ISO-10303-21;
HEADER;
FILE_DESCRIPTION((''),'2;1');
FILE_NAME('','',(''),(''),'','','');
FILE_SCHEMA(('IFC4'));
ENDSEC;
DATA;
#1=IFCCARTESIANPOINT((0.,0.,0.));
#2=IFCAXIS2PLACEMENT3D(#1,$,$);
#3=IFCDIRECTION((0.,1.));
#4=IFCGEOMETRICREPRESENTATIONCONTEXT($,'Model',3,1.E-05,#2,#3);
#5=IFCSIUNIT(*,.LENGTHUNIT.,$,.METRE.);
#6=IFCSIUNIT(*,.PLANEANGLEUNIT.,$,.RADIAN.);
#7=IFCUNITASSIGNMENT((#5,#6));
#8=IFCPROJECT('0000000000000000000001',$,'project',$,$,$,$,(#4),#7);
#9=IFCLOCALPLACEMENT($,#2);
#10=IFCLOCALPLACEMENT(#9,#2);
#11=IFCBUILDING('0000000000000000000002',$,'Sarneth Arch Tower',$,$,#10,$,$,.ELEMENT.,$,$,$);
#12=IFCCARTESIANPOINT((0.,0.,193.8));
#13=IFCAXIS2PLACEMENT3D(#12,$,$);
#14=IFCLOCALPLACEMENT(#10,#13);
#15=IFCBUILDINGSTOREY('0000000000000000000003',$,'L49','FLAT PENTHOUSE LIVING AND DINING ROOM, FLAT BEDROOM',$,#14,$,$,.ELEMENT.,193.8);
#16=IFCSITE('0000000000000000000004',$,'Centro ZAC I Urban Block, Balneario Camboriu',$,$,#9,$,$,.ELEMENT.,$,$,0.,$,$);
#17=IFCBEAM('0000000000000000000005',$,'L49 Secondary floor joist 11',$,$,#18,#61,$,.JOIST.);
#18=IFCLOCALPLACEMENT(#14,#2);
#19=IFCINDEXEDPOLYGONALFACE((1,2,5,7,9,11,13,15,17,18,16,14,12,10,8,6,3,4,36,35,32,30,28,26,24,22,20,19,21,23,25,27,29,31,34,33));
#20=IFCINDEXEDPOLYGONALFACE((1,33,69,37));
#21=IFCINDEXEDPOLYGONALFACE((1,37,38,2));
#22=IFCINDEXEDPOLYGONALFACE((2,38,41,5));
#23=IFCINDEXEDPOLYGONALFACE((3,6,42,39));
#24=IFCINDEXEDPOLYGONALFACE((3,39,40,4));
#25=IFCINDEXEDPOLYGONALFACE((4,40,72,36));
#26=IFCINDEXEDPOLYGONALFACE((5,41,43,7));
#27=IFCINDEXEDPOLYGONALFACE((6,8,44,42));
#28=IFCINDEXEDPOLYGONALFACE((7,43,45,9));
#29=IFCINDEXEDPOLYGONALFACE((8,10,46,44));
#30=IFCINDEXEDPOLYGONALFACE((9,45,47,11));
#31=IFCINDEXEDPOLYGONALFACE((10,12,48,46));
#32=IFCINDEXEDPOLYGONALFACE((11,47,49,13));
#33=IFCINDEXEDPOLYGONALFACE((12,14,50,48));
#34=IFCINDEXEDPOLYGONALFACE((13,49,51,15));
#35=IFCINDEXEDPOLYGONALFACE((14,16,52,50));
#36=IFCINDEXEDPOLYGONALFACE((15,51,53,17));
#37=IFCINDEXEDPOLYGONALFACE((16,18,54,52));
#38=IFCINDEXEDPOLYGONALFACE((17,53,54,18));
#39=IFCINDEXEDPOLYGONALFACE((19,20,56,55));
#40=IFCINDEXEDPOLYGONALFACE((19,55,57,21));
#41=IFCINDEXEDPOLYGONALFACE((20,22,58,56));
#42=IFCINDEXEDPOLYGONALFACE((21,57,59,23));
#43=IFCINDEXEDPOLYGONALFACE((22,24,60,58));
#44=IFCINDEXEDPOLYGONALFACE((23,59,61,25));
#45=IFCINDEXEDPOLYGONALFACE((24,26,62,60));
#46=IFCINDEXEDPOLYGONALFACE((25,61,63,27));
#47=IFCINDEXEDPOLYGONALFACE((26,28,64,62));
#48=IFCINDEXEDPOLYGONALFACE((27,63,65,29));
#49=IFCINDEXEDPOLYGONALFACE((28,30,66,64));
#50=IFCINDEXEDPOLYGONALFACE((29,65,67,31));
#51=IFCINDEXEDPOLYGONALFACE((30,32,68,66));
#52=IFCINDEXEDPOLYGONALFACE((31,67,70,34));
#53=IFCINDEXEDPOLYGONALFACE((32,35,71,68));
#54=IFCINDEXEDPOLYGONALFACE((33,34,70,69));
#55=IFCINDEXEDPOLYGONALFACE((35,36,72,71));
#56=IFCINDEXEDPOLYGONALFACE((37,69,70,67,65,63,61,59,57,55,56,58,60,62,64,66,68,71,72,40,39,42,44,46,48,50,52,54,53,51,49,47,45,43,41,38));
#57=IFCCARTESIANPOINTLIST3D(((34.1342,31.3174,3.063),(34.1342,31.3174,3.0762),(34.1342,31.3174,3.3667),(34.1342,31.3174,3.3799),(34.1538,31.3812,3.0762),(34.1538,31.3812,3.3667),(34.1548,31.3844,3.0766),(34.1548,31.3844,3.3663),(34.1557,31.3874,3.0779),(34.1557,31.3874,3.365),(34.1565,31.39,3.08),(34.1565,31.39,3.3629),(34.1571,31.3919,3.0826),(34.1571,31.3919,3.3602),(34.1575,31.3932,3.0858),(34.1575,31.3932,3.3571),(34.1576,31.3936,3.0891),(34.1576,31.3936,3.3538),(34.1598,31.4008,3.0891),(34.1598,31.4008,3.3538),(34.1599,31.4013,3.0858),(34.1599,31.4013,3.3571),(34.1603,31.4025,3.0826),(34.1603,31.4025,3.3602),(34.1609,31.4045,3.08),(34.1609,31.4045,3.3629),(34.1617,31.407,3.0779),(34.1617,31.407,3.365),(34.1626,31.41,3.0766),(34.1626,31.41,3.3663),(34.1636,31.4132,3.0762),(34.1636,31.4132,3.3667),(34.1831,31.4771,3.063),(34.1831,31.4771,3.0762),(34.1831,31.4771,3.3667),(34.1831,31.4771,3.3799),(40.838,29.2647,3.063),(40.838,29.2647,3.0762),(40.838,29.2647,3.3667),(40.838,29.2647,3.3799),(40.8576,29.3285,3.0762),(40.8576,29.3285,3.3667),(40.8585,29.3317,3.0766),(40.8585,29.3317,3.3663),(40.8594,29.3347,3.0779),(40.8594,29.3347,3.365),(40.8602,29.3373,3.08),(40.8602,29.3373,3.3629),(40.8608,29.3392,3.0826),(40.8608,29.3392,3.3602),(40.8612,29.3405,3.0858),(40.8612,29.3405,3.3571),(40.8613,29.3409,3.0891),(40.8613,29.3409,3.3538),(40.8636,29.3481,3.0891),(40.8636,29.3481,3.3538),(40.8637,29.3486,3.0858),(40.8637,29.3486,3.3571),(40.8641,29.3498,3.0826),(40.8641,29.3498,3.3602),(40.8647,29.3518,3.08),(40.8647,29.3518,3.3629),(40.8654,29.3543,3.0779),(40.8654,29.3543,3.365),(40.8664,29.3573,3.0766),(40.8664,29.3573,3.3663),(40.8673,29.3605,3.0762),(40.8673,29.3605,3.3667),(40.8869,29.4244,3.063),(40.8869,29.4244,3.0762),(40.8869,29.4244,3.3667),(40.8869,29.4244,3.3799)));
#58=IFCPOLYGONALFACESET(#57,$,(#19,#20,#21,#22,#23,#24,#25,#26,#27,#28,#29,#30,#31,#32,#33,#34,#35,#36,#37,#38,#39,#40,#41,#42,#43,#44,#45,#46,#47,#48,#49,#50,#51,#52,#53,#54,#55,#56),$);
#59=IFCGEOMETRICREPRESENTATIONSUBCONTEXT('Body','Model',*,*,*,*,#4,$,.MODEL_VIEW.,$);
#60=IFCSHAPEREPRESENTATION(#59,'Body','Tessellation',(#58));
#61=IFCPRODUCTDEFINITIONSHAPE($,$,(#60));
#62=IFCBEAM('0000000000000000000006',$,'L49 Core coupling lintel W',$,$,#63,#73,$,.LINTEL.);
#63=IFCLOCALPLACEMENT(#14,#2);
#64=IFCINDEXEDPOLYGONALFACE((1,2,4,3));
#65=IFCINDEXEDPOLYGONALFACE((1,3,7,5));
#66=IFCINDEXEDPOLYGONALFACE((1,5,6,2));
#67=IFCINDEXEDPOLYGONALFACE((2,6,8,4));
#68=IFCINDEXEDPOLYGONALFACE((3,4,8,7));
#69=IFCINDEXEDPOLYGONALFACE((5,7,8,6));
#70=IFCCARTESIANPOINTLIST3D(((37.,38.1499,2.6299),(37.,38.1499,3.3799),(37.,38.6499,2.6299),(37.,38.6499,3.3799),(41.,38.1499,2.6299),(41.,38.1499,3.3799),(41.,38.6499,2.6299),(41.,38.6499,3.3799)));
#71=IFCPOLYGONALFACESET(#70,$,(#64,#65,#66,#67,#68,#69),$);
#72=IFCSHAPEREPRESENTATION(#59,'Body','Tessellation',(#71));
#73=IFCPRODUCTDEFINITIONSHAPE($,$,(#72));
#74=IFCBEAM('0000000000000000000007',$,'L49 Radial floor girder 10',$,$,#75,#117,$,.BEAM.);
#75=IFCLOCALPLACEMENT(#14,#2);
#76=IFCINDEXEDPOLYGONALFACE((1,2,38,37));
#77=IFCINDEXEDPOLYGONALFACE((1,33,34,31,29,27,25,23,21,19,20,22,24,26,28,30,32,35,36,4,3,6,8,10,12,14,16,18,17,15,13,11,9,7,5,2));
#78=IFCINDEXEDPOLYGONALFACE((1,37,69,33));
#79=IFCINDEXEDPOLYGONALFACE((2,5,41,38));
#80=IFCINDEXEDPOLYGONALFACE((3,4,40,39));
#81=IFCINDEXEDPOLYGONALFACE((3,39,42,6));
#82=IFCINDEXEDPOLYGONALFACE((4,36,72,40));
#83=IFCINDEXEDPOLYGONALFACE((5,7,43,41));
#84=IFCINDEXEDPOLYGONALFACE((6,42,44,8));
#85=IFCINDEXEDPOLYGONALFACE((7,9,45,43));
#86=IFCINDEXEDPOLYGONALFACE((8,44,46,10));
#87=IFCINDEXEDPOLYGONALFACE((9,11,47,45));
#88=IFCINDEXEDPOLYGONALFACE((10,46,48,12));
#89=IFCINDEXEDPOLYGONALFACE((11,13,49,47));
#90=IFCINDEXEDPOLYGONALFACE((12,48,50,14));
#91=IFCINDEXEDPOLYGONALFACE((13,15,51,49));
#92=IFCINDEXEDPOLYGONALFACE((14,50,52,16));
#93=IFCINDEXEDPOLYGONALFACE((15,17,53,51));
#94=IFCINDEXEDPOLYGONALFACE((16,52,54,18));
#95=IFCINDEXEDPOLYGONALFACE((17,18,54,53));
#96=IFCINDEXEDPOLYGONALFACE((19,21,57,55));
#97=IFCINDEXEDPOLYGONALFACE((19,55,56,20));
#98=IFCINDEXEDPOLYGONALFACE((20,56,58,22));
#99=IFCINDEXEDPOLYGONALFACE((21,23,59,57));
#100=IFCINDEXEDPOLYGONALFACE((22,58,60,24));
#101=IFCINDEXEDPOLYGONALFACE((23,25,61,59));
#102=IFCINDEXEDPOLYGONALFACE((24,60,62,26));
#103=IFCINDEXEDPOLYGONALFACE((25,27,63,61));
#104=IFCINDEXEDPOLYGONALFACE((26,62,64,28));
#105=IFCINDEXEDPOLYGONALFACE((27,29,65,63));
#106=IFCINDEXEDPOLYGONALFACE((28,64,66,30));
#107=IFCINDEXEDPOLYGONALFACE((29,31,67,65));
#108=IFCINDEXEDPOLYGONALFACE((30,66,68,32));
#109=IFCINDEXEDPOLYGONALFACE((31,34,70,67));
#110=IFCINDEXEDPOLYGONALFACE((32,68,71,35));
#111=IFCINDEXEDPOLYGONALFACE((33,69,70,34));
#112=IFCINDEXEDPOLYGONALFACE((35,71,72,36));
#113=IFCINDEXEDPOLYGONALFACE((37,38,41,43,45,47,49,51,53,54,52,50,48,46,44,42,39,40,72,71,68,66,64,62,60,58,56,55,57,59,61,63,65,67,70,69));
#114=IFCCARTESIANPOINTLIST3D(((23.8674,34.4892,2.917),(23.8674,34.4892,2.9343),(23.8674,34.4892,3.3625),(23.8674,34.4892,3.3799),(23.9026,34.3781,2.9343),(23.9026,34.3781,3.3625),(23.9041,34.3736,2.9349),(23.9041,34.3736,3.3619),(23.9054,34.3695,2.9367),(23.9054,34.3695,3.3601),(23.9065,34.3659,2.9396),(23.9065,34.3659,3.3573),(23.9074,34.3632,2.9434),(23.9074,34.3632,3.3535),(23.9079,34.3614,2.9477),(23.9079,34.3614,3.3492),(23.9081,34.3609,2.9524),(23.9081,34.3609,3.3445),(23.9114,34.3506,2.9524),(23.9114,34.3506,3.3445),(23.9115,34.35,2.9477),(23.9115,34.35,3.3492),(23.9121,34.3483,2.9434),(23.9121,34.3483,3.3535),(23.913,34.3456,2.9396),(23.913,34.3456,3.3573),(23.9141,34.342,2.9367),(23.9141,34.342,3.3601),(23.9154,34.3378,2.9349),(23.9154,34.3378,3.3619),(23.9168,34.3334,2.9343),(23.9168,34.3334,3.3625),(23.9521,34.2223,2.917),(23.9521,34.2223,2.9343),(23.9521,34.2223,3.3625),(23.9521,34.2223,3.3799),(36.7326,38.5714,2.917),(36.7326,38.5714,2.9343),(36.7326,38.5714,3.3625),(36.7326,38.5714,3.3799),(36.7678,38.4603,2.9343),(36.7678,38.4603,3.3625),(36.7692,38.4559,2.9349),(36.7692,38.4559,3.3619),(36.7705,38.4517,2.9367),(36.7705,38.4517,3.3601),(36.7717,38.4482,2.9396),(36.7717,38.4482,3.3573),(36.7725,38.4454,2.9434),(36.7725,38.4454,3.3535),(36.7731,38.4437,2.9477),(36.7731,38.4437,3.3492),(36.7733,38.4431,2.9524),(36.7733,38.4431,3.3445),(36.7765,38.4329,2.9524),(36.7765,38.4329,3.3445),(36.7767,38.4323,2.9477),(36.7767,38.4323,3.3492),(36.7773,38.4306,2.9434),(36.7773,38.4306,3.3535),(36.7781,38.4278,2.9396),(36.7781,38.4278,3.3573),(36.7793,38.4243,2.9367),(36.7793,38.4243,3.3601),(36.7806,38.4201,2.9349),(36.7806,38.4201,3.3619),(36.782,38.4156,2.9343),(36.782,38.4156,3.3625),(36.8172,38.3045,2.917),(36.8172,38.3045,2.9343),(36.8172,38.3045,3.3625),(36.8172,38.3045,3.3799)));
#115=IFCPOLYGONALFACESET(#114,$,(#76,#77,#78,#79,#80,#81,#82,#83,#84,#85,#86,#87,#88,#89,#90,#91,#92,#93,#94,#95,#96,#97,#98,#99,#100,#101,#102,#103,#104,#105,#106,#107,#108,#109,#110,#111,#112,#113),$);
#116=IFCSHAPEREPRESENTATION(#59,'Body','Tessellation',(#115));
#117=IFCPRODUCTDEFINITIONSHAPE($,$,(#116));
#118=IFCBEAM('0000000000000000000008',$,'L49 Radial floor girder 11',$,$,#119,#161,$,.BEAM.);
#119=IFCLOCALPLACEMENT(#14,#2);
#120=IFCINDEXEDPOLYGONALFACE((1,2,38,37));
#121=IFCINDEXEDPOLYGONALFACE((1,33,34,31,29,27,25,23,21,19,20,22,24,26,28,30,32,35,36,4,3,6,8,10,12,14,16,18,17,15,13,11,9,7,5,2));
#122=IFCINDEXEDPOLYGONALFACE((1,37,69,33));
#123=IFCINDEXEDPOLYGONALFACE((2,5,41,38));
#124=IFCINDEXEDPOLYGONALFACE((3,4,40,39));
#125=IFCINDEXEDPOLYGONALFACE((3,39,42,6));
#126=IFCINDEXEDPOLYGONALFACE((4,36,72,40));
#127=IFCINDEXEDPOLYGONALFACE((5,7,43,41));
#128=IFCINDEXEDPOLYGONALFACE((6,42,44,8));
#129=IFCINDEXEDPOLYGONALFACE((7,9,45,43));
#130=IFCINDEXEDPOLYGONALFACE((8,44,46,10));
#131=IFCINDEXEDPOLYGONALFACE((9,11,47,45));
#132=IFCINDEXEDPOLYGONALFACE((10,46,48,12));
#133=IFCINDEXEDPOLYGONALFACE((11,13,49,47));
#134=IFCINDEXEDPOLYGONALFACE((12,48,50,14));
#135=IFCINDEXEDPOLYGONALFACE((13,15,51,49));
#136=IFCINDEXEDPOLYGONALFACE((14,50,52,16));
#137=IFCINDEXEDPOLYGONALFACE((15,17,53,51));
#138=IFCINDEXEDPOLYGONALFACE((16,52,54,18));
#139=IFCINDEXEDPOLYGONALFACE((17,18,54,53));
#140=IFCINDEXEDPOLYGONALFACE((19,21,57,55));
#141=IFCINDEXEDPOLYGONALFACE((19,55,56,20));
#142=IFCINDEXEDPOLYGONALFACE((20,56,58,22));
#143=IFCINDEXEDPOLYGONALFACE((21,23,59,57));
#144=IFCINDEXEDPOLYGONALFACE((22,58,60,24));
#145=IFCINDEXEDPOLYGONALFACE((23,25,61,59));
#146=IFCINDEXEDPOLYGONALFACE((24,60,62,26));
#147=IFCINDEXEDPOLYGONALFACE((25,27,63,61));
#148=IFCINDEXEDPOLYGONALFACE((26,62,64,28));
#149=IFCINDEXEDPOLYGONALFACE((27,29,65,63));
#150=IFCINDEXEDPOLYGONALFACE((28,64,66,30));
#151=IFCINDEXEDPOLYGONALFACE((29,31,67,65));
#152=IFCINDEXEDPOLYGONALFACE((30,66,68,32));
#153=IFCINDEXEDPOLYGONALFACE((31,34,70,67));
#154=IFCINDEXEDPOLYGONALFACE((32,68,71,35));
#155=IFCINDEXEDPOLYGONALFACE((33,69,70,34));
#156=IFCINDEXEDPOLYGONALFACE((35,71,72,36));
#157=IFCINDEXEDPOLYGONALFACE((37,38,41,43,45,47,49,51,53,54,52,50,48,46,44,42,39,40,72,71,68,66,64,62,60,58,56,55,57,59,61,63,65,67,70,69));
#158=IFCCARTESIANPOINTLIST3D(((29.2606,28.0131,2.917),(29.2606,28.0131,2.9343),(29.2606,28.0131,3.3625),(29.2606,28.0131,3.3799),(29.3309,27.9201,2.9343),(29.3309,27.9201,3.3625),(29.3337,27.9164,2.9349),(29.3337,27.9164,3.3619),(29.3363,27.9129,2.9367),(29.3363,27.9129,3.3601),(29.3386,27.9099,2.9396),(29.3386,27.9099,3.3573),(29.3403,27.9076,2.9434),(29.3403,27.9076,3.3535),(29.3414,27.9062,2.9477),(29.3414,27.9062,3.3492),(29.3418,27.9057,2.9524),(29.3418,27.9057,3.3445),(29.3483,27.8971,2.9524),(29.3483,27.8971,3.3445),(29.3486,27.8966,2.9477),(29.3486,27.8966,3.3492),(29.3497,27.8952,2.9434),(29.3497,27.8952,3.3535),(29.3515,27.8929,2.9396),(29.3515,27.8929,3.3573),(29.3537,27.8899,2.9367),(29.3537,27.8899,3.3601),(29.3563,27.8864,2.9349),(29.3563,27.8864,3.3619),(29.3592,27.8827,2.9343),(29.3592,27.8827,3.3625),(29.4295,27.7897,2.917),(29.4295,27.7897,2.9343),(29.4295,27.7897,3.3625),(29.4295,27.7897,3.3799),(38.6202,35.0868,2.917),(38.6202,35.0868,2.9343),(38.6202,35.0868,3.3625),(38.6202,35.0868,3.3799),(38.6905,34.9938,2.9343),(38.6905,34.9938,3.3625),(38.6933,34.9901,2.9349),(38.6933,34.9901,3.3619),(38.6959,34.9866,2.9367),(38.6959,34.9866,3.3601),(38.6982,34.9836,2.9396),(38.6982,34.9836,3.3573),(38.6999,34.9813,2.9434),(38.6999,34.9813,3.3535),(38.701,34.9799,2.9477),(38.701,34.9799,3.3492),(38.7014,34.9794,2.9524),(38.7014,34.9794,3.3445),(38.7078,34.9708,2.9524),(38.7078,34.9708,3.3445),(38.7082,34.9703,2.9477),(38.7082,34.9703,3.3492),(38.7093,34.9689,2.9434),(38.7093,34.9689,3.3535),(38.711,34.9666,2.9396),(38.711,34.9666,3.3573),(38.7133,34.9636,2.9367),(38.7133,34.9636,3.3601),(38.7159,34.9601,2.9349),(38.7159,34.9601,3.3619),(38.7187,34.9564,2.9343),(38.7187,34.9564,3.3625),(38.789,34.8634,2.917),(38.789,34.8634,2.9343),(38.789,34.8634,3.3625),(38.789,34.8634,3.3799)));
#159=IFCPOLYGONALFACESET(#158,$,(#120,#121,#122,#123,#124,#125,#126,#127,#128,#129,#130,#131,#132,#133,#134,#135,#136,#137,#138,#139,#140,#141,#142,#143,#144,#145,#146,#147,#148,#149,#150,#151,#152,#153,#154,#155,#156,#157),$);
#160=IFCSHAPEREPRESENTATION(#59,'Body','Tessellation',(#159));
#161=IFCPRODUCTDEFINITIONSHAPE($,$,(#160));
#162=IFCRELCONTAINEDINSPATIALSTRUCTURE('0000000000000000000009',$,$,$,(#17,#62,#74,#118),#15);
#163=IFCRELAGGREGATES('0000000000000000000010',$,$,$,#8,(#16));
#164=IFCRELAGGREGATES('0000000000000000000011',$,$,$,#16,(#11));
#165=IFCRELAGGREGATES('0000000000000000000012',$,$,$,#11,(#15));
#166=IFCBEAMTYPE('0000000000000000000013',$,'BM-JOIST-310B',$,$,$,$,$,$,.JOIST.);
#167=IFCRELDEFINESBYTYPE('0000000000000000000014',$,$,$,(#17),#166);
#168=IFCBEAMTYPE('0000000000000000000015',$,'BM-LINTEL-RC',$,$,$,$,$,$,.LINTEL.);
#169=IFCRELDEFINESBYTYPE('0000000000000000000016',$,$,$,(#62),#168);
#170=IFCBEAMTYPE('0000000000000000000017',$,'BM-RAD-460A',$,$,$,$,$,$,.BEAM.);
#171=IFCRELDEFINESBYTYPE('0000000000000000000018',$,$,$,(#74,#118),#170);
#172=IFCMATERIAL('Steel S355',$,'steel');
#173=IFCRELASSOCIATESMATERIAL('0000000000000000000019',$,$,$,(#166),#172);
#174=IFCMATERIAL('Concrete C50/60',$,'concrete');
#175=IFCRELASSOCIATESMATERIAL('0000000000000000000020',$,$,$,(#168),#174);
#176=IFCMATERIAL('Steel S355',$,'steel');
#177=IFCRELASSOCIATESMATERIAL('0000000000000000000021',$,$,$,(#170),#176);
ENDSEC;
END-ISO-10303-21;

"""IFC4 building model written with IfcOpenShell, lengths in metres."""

from ifc_helpers import new_model, si_unit, direction, frame, origin, origin_2d, place, context, subcontext, project, spatial, rectangle, i_section, extrude, material, material_profile, profile_set, type_object, element, save


model = new_model("IFC4")

# Units and contexts
model_context = context("Model", 3, precision=1e-05, world=origin(), true_north=direction((0.0, 1.0)))
body_context = subcontext(model_context, "Body", "Model", "MODEL_VIEW")
ifc_project = project(units=[si_unit("LENGTHUNIT", "METRE"), si_unit("PLANEANGLEUNIT", "RADIAN")], contexts=[model_context])

# Site, building, storey
site_placement = place(None, origin())
site = spatial("IfcSite", under=ifc_project, at=site_placement, Name="Centro ZAC I Urban Block, Balneario Camboriu", CompositionType="ELEMENT", RefElevation=0.0)
building_placement = place(site_placement, origin())
building = spatial("IfcBuilding", under=site, at=building_placement, Name="Sarneth Arch Tower", CompositionType="ELEMENT")
storey_placement = place(building_placement, frame((0.0, 0.0, 193.8)))
storey = spatial("IfcBuildingStorey", under=building, at=storey_placement, Name="L49", Description="FLAT PENTHOUSE LIVING AND DINING ROOM, FLAT BEDROOM", CompositionType="ELEMENT", Elevation=193.8)

# Beams
ifc_material_1 = material(Name="Steel S355", Category="steel")
ifc_material_profile_1 = material_profile(ifc_material_1, i_section(OverallWidth=0.167, OverallDepth=0.3169, WebThickness=0.0076, FlangeThickness=0.0132, FilletRadius=0.0129, at=origin_2d()), Name="W310x52")
ifc_profile_set_1 = profile_set([ifc_material_profile_1], Name="Steel S355")
beam_type_1 = type_object("IfcBeamType", Name="BM-JOIST-310B", PredefinedType="JOIST", material=ifc_profile_set_1)
beam_1_placement = place(storey_placement, frame((34.1587, 31.3972, 3.2214), z_axis=(0.956179, -0.292784, 0.0), x_axis=(0.292784, 0.956179, 0.0)))
element("IfcBeam", 1, at=beam_1_placement, inside=storey, type_object=beam_type_1, Name="L49 Secondary floor joist 11", PredefinedType="JOIST", context=body_context, shape_type="SweptSolid", body=[
    extrude(i_section(OverallWidth=0.167, OverallDepth=0.3169, WebThickness=0.0076, FlangeThickness=0.0132, FilletRadius=0.0129, at=origin_2d()), origin(), (0.0, 0.0, 1.0), 7.011),
])
ifc_material_2 = material(Name="Concrete C50/60", Category="concrete")
ifc_material_profile_2 = material_profile(ifc_material_2, rectangle(XDim=0.5, YDim=0.75, at=origin_2d()), Name="RC-500x750")
ifc_profile_set_2 = profile_set([ifc_material_profile_2], Name="Concrete C50/60")
beam_type_2 = type_object("IfcBeamType", Name="BM-LINTEL-RC", PredefinedType="LINTEL", material=ifc_profile_set_2)
beam_2_placement = place(storey_placement, frame((37.0, 38.3999, 3.0049), z_axis=(1.0, 0.0, 0.0), x_axis=(0.0, 1.0, 0.0)))
element("IfcBeam", 2, at=beam_2_placement, inside=storey, type_object=beam_type_2, Name="L49 Core coupling lintel W", PredefinedType="LINTEL", context=body_context, shape_type="SweptSolid", body=[
    extrude(rectangle(XDim=0.5, YDim=0.75, at=origin_2d()), origin(), (0.0, 0.0, 1.0), 4.0),
])
ifc_material_3 = material(Name="Steel S355", Category="steel")
ifc_material_profile_3 = material_profile(ifc_material_3, i_section(OverallWidth=0.28, OverallDepth=0.4629, WebThickness=0.0107, FlangeThickness=0.0173, FilletRadius=0.0181, at=origin_2d()), Name="W460x113")
ifc_profile_set_3 = profile_set([ifc_material_profile_3], Name="Steel S355")
beam_type_3 = type_object("IfcBeamType", Name="BM-RAD-460A", PredefinedType="BEAM", material=ifc_profile_set_3)
beam_3_placement = place(storey_placement, frame((36.7749, 38.438, 3.1484), z_axis=(-0.953165, -0.302449, 0.0), x_axis=(0.302449, -0.953165, 0.0)))
element("IfcBeam", 3, at=beam_3_placement, inside=storey, type_object=beam_type_3, Name="L49 Radial floor girder 10", PredefinedType="BEAM", context=body_context, shape_type="SweptSolid", body=[
    extrude(i_section(OverallWidth=0.28, OverallDepth=0.4629, WebThickness=0.0107, FlangeThickness=0.0173, FilletRadius=0.0181, at=origin_2d()), origin(), (0.0, 0.0, 1.0), 13.4973),
])
beam_4_placement = place(storey_placement, frame((38.7046, 34.9751, 3.1484), z_axis=(-0.797785, -0.602943, 0.0), x_axis=(0.602943, -0.797785, 0.0)))
element("IfcBeam", 4, at=beam_4_placement, inside=storey, type_object=beam_type_3, Name="L49 Radial floor girder 11", PredefinedType="BEAM", context=body_context, shape_type="SweptSolid", body=[
    extrude(i_section(OverallWidth=0.28, OverallDepth=0.4629, WebThickness=0.0107, FlangeThickness=0.0173, FilletRadius=0.0181, at=origin_2d()), origin(), (0.0, 0.0, 1.0), 11.7319),
])

save(model, "model.ifc")
